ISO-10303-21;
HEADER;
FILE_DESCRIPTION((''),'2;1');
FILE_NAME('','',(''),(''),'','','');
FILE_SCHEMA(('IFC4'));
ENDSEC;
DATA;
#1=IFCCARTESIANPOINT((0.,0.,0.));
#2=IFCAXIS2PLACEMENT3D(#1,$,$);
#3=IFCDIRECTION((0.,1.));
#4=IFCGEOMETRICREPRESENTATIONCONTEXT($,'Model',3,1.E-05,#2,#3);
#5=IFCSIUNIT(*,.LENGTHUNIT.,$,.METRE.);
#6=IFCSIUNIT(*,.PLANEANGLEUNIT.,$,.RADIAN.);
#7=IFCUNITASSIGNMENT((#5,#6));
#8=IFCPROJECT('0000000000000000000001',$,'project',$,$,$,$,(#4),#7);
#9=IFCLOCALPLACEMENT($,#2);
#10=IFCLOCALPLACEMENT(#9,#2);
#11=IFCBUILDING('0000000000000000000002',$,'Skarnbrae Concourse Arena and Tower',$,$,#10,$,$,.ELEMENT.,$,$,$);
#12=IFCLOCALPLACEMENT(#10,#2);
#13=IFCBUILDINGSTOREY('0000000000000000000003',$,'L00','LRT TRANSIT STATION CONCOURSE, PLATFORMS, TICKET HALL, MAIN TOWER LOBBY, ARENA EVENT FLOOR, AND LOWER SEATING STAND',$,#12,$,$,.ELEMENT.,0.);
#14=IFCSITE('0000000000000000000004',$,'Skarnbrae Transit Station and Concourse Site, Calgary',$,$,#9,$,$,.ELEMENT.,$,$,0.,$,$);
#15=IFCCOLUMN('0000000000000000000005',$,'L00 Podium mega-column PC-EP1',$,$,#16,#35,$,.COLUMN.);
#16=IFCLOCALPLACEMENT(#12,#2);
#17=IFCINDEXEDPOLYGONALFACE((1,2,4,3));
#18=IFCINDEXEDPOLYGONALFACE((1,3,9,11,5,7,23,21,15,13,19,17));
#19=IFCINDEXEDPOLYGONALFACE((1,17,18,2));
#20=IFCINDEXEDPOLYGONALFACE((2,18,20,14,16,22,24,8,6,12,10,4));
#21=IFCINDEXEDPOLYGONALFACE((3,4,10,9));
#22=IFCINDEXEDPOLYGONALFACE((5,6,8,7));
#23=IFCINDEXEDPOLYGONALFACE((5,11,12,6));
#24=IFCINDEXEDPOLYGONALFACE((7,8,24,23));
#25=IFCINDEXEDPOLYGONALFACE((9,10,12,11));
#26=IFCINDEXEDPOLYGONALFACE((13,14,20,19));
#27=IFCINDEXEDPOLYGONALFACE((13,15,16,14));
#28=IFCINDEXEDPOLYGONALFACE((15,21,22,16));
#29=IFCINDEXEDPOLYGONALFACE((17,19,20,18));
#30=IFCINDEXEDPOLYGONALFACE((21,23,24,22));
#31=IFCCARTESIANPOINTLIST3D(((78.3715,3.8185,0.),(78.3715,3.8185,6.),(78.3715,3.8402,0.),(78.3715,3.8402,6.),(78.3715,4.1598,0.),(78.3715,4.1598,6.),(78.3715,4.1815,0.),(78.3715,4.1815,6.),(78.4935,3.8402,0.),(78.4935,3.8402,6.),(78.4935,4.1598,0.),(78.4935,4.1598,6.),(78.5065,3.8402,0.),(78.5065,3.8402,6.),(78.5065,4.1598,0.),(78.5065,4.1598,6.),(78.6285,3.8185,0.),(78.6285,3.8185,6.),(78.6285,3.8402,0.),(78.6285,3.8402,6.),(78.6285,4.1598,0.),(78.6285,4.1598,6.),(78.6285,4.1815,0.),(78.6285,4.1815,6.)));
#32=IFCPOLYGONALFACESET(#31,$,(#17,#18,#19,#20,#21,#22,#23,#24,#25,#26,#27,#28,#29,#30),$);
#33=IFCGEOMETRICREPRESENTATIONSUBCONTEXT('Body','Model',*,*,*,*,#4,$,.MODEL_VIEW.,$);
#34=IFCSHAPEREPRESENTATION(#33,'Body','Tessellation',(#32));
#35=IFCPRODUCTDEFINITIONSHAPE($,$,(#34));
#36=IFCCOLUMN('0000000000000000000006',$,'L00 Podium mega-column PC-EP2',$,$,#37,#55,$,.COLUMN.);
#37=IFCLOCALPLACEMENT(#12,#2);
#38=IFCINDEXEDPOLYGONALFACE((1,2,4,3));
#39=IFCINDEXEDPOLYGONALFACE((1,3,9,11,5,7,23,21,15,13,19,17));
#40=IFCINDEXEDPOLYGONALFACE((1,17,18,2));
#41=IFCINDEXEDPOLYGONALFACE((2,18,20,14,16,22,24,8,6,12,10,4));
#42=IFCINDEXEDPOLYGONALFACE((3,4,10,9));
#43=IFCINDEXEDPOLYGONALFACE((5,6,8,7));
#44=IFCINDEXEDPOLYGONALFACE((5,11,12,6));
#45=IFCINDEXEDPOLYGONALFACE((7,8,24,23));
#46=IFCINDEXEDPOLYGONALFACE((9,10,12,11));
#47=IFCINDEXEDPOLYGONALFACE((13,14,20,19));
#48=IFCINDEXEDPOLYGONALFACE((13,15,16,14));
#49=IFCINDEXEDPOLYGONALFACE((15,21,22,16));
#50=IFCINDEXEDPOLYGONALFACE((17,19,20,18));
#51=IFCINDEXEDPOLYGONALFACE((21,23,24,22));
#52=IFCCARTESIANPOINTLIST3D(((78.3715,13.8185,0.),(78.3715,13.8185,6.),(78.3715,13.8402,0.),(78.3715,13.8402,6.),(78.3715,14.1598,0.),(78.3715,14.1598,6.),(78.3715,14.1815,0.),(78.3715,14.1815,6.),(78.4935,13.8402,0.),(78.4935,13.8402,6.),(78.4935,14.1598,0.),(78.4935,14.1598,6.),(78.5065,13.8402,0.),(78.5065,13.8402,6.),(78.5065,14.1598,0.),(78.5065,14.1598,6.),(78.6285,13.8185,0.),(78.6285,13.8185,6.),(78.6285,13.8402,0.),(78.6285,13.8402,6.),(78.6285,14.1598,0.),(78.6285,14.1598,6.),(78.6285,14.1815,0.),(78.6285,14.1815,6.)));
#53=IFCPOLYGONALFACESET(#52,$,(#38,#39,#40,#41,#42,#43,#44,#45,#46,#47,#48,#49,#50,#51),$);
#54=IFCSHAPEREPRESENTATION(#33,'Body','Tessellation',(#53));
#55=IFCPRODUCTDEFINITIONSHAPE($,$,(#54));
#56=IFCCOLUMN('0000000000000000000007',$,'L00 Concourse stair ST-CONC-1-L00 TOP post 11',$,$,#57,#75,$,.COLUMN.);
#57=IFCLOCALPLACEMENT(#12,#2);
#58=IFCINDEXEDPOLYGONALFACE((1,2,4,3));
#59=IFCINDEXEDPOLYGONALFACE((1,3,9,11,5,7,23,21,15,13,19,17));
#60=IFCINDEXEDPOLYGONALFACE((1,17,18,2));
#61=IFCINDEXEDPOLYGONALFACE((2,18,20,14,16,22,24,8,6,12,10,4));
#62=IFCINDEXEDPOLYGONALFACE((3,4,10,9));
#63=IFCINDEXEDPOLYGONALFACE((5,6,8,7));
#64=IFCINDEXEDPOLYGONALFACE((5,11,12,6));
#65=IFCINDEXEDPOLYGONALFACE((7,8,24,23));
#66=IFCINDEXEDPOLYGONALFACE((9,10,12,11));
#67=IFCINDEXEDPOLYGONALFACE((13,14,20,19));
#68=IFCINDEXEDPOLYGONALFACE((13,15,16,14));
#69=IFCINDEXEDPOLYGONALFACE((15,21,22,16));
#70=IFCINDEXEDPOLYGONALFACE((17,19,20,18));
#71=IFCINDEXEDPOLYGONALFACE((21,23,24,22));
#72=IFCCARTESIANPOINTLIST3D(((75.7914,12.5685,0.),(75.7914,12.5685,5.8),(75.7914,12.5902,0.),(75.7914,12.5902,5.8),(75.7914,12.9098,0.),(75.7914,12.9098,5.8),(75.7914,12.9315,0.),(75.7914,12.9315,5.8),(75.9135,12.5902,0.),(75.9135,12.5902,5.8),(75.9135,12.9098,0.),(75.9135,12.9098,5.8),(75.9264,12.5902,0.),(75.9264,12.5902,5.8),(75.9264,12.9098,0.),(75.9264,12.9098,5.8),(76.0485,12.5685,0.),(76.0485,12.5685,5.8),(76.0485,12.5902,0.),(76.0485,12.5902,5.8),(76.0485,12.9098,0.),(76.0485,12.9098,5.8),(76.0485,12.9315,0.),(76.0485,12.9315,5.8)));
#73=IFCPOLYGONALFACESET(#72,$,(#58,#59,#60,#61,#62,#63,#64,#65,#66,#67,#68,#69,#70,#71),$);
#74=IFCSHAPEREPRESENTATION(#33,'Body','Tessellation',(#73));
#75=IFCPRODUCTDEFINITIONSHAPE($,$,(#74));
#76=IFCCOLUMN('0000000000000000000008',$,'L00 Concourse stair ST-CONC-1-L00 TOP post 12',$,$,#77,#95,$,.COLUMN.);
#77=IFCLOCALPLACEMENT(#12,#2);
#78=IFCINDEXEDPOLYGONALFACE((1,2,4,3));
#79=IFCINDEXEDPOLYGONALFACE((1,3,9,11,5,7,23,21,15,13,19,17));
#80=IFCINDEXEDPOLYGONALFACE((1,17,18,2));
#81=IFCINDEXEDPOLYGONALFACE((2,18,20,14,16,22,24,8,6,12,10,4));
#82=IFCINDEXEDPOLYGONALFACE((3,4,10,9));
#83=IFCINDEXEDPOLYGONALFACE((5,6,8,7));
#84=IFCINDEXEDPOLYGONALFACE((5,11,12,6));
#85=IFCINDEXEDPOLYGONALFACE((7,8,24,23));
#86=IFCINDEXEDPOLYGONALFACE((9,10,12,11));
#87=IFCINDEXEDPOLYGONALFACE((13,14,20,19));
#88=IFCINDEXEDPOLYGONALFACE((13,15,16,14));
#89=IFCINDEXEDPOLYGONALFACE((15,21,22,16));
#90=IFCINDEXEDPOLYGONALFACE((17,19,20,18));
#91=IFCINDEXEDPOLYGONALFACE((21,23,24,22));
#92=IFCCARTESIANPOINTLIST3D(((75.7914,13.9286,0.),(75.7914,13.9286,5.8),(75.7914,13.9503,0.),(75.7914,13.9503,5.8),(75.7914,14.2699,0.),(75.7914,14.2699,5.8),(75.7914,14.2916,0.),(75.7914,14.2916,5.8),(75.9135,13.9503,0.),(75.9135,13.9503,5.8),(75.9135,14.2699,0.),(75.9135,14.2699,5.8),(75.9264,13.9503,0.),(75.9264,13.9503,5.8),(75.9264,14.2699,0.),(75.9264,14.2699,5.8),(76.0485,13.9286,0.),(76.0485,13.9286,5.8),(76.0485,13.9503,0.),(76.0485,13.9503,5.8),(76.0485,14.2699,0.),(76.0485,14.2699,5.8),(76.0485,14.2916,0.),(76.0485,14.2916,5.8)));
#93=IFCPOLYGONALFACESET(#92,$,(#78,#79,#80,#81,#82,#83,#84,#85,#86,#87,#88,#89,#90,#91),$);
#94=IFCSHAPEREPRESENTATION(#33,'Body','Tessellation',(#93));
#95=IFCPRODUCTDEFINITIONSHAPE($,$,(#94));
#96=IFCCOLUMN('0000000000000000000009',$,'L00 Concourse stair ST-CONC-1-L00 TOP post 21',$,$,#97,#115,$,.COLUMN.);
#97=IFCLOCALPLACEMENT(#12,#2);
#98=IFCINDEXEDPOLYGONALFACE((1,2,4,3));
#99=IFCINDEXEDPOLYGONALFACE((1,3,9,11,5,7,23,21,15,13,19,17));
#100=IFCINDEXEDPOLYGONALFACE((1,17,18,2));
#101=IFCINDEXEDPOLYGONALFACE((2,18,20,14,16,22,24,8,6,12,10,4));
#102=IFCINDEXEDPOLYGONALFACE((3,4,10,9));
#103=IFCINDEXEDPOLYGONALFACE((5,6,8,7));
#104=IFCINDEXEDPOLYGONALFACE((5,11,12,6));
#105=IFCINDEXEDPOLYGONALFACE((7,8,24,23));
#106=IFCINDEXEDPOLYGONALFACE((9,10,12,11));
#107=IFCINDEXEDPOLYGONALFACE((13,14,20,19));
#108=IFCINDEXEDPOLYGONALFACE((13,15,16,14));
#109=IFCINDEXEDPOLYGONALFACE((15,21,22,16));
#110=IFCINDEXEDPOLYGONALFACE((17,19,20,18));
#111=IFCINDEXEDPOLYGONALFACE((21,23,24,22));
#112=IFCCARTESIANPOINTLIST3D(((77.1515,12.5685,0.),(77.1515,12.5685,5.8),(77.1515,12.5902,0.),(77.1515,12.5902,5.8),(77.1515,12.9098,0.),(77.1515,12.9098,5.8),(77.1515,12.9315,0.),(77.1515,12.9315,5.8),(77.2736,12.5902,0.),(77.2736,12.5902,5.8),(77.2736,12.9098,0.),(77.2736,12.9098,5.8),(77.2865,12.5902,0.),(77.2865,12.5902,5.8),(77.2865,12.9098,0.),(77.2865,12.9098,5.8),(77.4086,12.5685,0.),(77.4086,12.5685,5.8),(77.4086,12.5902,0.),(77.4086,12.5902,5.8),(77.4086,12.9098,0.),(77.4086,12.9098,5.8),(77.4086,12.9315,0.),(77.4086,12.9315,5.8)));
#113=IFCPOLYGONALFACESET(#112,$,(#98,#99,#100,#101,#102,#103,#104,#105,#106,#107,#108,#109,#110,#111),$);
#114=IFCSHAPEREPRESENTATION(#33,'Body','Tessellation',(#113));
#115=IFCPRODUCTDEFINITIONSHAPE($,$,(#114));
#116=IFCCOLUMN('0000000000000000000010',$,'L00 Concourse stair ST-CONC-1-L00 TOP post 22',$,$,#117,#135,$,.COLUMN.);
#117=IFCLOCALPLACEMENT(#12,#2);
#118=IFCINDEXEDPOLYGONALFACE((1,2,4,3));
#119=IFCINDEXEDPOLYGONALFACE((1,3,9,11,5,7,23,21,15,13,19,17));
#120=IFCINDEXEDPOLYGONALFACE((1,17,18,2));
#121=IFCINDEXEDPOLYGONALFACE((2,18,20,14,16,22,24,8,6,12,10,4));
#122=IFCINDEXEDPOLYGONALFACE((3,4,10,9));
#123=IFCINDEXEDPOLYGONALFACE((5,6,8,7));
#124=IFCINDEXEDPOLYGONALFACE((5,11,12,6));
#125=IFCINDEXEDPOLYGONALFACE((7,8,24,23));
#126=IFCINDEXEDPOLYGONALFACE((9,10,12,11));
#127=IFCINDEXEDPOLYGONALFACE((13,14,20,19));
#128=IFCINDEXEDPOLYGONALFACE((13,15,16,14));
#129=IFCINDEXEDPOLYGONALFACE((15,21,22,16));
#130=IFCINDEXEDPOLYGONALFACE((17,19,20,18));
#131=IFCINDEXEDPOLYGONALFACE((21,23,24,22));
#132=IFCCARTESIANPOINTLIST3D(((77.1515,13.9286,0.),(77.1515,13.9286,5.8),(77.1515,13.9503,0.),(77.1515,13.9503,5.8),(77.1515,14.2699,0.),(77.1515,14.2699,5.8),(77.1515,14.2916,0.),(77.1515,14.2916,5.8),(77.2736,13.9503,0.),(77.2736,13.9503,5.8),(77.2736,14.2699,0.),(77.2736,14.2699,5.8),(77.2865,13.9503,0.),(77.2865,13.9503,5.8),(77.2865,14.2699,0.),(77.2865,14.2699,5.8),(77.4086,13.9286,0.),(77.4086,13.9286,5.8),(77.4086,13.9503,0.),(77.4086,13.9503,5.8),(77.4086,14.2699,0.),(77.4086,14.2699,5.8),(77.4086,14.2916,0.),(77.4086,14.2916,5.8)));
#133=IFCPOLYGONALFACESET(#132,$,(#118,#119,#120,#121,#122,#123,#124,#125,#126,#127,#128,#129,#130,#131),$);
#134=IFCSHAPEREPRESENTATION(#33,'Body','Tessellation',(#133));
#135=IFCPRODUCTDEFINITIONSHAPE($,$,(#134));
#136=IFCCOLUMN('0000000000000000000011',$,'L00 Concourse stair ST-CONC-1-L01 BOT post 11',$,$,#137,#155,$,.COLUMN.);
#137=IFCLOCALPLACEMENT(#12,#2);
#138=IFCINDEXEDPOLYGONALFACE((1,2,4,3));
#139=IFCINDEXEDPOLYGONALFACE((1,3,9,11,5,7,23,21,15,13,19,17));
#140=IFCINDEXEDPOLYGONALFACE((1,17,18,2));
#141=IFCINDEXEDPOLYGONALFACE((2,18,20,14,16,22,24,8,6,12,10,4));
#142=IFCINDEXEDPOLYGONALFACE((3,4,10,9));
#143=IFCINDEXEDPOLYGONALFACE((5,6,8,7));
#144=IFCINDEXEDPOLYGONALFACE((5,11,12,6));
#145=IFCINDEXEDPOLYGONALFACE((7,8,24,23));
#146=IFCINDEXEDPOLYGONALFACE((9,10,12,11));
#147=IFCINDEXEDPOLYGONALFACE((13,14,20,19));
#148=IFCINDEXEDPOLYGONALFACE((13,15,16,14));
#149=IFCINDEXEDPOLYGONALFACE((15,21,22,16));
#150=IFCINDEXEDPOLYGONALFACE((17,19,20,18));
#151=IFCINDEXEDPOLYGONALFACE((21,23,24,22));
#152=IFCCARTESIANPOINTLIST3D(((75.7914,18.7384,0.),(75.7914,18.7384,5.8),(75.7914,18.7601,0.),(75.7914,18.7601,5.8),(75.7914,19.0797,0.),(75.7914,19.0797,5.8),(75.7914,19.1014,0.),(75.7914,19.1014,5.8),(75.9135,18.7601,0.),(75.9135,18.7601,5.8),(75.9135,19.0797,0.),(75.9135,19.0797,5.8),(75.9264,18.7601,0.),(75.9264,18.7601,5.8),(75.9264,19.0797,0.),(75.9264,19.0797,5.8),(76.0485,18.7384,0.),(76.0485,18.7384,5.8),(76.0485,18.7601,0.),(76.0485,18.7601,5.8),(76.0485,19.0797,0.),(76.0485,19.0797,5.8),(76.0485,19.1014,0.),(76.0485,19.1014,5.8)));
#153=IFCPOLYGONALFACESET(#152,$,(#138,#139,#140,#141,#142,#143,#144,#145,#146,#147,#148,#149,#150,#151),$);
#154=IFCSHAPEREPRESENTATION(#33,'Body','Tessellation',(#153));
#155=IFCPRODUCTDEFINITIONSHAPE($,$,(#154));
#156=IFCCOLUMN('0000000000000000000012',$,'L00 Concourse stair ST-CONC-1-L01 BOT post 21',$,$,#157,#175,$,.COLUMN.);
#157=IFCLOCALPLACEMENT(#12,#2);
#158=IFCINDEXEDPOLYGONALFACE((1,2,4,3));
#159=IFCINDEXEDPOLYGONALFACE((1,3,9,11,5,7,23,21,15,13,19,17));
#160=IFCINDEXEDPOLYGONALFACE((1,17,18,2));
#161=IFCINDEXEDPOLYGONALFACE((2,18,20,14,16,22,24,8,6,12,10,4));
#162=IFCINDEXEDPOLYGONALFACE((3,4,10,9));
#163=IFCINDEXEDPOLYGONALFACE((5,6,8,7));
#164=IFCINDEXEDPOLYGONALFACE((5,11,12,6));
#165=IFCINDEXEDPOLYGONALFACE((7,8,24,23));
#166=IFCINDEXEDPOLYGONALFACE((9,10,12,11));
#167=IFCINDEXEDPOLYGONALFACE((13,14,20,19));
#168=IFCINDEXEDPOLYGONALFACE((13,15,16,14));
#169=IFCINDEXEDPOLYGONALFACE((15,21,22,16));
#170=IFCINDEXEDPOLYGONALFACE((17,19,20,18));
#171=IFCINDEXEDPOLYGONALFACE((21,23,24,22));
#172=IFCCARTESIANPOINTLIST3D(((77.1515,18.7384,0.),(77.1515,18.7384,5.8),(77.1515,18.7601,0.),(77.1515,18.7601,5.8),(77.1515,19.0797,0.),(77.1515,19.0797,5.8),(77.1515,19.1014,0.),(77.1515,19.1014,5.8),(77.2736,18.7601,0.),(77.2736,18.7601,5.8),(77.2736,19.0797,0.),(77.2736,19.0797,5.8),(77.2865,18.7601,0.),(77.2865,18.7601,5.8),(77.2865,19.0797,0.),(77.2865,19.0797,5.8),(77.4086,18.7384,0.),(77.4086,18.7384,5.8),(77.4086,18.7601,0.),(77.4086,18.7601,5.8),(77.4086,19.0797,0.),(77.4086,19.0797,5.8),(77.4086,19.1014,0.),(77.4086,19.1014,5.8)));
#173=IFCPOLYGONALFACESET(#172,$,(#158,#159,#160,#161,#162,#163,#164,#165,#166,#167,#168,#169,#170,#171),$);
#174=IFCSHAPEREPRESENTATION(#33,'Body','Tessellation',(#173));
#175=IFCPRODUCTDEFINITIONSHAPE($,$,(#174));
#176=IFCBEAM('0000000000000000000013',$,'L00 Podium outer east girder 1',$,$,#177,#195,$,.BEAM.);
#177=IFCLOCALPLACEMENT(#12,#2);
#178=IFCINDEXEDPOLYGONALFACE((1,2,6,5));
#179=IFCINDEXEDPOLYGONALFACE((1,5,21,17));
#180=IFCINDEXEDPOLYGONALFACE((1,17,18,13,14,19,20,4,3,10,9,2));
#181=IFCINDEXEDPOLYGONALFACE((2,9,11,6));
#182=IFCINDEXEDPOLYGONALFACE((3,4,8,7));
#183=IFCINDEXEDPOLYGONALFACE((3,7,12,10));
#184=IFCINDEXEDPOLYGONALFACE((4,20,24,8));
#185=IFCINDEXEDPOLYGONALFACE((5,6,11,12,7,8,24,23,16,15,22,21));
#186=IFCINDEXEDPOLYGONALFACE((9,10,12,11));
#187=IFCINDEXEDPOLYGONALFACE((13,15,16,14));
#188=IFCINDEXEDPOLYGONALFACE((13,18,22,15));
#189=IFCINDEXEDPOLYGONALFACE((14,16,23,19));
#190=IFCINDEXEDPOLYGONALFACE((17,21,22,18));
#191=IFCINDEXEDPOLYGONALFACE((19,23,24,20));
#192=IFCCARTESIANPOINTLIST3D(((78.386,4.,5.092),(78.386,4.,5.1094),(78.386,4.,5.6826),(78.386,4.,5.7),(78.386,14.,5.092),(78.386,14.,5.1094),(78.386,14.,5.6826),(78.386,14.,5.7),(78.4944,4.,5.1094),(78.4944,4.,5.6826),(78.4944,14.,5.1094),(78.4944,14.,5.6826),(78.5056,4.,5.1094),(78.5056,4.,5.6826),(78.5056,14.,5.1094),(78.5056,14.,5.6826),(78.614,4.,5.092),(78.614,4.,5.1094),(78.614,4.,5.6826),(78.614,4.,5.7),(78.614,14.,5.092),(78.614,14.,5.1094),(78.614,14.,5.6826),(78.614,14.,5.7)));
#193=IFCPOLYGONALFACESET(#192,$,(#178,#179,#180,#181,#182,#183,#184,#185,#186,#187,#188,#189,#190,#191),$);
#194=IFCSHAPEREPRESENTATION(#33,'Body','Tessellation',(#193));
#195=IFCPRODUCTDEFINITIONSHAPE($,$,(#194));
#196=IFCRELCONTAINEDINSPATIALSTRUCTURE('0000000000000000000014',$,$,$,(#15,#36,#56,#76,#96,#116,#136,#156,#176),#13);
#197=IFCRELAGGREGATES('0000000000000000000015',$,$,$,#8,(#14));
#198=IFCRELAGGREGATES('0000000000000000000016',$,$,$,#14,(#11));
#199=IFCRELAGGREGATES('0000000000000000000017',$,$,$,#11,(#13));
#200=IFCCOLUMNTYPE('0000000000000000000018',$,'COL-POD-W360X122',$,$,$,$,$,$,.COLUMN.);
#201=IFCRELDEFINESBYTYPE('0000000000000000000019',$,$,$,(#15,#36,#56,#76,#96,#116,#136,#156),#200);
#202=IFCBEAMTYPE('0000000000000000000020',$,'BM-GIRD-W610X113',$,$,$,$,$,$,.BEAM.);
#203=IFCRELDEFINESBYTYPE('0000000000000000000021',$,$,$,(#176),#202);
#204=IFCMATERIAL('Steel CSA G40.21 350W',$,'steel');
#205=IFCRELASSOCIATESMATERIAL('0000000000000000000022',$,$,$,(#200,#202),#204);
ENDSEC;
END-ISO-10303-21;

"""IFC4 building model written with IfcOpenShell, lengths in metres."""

from ifc_helpers import new_model, si_unit, direction, frame, origin, origin_2d, place, context, subcontext, project, spatial, i_section, extrude, source, transform, mapped, material, material_profile, profile_set, type_object, element, save


model = new_model("IFC4")

# Units and contexts
model_context = context("Model", 3, precision=1e-05, world=origin(), true_north=direction((0.0, 1.0)))
body_context = subcontext(model_context, "Body", "Model", "MODEL_VIEW")
ifc_project = project(units=[si_unit("LENGTHUNIT", "METRE"), si_unit("PLANEANGLEUNIT", "RADIAN")], contexts=[model_context])

# Site, building, storey
site_placement = place(None, origin())
site = spatial("IfcSite", under=ifc_project, at=site_placement, Name="Skarnbrae Transit Station and Concourse Site, Calgary", CompositionType="ELEMENT", RefElevation=0.0)
building_placement = place(site_placement, origin())
building = spatial("IfcBuilding", under=site, at=building_placement, Name="Skarnbrae Concourse Arena and Tower", CompositionType="ELEMENT")
storey_placement = place(building_placement, origin())
storey = spatial("IfcBuildingStorey", under=building, at=storey_placement, Name="L00", Description="LRT TRANSIT STATION CONCOURSE, PLATFORMS, TICKET HALL, MAIN TOWER LOBBY, ARENA EVENT FLOOR, AND LOWER SEATING STAND", CompositionType="ELEMENT", Elevation=0.0)

# Columns
ifc_material_1 = material(Name="Steel CSA G40.21 350W", Category="steel")
ifc_material_profile_1 = material_profile(ifc_material_1, i_section(OverallWidth=0.2571, OverallDepth=0.363, WebThickness=0.0129, FlangeThickness=0.0217, at=origin_2d()), Name="W360X122")
ifc_profile_set_1 = profile_set([ifc_material_profile_1], Name="Steel CSA G40.21 350W")
column_type = type_object("IfcColumnType", Name="COL-POD-W360X122", PredefinedType="COLUMN", material=ifc_profile_set_1)
shared_shape_1 = source(origin(), body_context, "Body", "SweptSolid", [
    extrude(i_section(OverallWidth=0.2571, OverallDepth=0.363, WebThickness=0.0129, FlangeThickness=0.0217, at=origin_2d()), origin(), (0.0, 0.0, 1.0), 6.0),
])
for number, where, z_axis, x_axis, name in (
    (1, (78.5, 4.0, 0.0), (0.0, 0.0, 1.0), (1.0, 0.0, 0.0), "L00 Podium mega-column PC-EP1"),
    (2, (78.5, 14.0, 0.0), (0.0, 0.0, 1.0), (1.0, 0.0, 0.0), "L00 Podium mega-column PC-EP2"),
):
    element("IfcColumn", number, at=place(storey_placement, frame(where, z_axis=z_axis, x_axis=x_axis)), inside=storey, type_object=column_type, Name=name, PredefinedType="COLUMN", context=body_context, shape_type="MappedRepresentation", body=[
        mapped(shared_shape_1, transform((0.0, 0.0, 0.0))),
    ])
shared_shape_2 = source(origin(), body_context, "Body", "SweptSolid", [
    extrude(i_section(OverallWidth=0.2571, OverallDepth=0.363, WebThickness=0.0129, FlangeThickness=0.0217, at=origin_2d()), origin(), (0.0, 0.0, 1.0), 5.8),
])
for number, where, z_axis, x_axis, name in (
    (3, (75.9199, 12.75, 0.0), (0.0, 0.0, 1.0), (1.0, 0.0, 0.0), "L00 Concourse stair ST-CONC-1-L00 TOP post 11"),
    (4, (75.9199, 14.1101, 0.0), (0.0, 0.0, 1.0), (1.0, 0.0, 0.0), "L00 Concourse stair ST-CONC-1-L00 TOP post 12"),
    (5, (77.28, 12.75, 0.0), (0.0, 0.0, 1.0), (1.0, 0.0, 0.0), "L00 Concourse stair ST-CONC-1-L00 TOP post 21"),
    (6, (77.28, 14.1101, 0.0), (0.0, 0.0, 1.0), (1.0, 0.0, 0.0), "L00 Concourse stair ST-CONC-1-L00 TOP post 22"),
    (7, (75.9199, 18.9199, 0.0), (0.0, 0.0, 1.0), (1.0, 0.0, 0.0), "L00 Concourse stair ST-CONC-1-L01 BOT post 11"),
    (8, (77.28, 18.9199, 0.0), (0.0, 0.0, 1.0), (1.0, 0.0, 0.0), "L00 Concourse stair ST-CONC-1-L01 BOT post 21"),
):
    element("IfcColumn", number, at=place(storey_placement, frame(where, z_axis=z_axis, x_axis=x_axis)), inside=storey, type_object=column_type, Name=name, PredefinedType="COLUMN", context=body_context, shape_type="MappedRepresentation", body=[
        mapped(shared_shape_2, transform((0.0, 0.0, 0.0))),
    ])

# Beam
ifc_material_profile_2 = material_profile(ifc_material_1, i_section(OverallWidth=0.228, OverallDepth=0.6079, WebThickness=0.0112, FlangeThickness=0.0173, at=origin_2d()), Name="W610X113")
ifc_profile_set_2 = profile_set([ifc_material_profile_2], Name="Steel CSA G40.21 350W")
beam_type = type_object("IfcBeamType", Name="BM-GIRD-W610X113", PredefinedType="BEAM", material=ifc_profile_set_2)
shared_shape_3 = source(origin(), body_context, "Body", "SweptSolid", [
    extrude(i_section(OverallWidth=0.228, OverallDepth=0.6079, WebThickness=0.0112, FlangeThickness=0.0173, at=origin_2d()), origin(), (0.0, 0.0, 1.0), 10.0),
])
beam_1_placement = place(storey_placement, frame((78.5, 4.0, 5.396), z_axis=(0.0, 1.0, 0.0), x_axis=(-1.0, 0.0, 0.0)))
element("IfcBeam", 9, at=beam_1_placement, inside=storey, type_object=beam_type, Name="L00 Podium outer east girder 1", PredefinedType="BEAM", context=body_context, shape_type="MappedRepresentation", body=[
    mapped(shared_shape_3, transform((0.0, 0.0, 0.0))),
])

save(model, "model.ifc")
